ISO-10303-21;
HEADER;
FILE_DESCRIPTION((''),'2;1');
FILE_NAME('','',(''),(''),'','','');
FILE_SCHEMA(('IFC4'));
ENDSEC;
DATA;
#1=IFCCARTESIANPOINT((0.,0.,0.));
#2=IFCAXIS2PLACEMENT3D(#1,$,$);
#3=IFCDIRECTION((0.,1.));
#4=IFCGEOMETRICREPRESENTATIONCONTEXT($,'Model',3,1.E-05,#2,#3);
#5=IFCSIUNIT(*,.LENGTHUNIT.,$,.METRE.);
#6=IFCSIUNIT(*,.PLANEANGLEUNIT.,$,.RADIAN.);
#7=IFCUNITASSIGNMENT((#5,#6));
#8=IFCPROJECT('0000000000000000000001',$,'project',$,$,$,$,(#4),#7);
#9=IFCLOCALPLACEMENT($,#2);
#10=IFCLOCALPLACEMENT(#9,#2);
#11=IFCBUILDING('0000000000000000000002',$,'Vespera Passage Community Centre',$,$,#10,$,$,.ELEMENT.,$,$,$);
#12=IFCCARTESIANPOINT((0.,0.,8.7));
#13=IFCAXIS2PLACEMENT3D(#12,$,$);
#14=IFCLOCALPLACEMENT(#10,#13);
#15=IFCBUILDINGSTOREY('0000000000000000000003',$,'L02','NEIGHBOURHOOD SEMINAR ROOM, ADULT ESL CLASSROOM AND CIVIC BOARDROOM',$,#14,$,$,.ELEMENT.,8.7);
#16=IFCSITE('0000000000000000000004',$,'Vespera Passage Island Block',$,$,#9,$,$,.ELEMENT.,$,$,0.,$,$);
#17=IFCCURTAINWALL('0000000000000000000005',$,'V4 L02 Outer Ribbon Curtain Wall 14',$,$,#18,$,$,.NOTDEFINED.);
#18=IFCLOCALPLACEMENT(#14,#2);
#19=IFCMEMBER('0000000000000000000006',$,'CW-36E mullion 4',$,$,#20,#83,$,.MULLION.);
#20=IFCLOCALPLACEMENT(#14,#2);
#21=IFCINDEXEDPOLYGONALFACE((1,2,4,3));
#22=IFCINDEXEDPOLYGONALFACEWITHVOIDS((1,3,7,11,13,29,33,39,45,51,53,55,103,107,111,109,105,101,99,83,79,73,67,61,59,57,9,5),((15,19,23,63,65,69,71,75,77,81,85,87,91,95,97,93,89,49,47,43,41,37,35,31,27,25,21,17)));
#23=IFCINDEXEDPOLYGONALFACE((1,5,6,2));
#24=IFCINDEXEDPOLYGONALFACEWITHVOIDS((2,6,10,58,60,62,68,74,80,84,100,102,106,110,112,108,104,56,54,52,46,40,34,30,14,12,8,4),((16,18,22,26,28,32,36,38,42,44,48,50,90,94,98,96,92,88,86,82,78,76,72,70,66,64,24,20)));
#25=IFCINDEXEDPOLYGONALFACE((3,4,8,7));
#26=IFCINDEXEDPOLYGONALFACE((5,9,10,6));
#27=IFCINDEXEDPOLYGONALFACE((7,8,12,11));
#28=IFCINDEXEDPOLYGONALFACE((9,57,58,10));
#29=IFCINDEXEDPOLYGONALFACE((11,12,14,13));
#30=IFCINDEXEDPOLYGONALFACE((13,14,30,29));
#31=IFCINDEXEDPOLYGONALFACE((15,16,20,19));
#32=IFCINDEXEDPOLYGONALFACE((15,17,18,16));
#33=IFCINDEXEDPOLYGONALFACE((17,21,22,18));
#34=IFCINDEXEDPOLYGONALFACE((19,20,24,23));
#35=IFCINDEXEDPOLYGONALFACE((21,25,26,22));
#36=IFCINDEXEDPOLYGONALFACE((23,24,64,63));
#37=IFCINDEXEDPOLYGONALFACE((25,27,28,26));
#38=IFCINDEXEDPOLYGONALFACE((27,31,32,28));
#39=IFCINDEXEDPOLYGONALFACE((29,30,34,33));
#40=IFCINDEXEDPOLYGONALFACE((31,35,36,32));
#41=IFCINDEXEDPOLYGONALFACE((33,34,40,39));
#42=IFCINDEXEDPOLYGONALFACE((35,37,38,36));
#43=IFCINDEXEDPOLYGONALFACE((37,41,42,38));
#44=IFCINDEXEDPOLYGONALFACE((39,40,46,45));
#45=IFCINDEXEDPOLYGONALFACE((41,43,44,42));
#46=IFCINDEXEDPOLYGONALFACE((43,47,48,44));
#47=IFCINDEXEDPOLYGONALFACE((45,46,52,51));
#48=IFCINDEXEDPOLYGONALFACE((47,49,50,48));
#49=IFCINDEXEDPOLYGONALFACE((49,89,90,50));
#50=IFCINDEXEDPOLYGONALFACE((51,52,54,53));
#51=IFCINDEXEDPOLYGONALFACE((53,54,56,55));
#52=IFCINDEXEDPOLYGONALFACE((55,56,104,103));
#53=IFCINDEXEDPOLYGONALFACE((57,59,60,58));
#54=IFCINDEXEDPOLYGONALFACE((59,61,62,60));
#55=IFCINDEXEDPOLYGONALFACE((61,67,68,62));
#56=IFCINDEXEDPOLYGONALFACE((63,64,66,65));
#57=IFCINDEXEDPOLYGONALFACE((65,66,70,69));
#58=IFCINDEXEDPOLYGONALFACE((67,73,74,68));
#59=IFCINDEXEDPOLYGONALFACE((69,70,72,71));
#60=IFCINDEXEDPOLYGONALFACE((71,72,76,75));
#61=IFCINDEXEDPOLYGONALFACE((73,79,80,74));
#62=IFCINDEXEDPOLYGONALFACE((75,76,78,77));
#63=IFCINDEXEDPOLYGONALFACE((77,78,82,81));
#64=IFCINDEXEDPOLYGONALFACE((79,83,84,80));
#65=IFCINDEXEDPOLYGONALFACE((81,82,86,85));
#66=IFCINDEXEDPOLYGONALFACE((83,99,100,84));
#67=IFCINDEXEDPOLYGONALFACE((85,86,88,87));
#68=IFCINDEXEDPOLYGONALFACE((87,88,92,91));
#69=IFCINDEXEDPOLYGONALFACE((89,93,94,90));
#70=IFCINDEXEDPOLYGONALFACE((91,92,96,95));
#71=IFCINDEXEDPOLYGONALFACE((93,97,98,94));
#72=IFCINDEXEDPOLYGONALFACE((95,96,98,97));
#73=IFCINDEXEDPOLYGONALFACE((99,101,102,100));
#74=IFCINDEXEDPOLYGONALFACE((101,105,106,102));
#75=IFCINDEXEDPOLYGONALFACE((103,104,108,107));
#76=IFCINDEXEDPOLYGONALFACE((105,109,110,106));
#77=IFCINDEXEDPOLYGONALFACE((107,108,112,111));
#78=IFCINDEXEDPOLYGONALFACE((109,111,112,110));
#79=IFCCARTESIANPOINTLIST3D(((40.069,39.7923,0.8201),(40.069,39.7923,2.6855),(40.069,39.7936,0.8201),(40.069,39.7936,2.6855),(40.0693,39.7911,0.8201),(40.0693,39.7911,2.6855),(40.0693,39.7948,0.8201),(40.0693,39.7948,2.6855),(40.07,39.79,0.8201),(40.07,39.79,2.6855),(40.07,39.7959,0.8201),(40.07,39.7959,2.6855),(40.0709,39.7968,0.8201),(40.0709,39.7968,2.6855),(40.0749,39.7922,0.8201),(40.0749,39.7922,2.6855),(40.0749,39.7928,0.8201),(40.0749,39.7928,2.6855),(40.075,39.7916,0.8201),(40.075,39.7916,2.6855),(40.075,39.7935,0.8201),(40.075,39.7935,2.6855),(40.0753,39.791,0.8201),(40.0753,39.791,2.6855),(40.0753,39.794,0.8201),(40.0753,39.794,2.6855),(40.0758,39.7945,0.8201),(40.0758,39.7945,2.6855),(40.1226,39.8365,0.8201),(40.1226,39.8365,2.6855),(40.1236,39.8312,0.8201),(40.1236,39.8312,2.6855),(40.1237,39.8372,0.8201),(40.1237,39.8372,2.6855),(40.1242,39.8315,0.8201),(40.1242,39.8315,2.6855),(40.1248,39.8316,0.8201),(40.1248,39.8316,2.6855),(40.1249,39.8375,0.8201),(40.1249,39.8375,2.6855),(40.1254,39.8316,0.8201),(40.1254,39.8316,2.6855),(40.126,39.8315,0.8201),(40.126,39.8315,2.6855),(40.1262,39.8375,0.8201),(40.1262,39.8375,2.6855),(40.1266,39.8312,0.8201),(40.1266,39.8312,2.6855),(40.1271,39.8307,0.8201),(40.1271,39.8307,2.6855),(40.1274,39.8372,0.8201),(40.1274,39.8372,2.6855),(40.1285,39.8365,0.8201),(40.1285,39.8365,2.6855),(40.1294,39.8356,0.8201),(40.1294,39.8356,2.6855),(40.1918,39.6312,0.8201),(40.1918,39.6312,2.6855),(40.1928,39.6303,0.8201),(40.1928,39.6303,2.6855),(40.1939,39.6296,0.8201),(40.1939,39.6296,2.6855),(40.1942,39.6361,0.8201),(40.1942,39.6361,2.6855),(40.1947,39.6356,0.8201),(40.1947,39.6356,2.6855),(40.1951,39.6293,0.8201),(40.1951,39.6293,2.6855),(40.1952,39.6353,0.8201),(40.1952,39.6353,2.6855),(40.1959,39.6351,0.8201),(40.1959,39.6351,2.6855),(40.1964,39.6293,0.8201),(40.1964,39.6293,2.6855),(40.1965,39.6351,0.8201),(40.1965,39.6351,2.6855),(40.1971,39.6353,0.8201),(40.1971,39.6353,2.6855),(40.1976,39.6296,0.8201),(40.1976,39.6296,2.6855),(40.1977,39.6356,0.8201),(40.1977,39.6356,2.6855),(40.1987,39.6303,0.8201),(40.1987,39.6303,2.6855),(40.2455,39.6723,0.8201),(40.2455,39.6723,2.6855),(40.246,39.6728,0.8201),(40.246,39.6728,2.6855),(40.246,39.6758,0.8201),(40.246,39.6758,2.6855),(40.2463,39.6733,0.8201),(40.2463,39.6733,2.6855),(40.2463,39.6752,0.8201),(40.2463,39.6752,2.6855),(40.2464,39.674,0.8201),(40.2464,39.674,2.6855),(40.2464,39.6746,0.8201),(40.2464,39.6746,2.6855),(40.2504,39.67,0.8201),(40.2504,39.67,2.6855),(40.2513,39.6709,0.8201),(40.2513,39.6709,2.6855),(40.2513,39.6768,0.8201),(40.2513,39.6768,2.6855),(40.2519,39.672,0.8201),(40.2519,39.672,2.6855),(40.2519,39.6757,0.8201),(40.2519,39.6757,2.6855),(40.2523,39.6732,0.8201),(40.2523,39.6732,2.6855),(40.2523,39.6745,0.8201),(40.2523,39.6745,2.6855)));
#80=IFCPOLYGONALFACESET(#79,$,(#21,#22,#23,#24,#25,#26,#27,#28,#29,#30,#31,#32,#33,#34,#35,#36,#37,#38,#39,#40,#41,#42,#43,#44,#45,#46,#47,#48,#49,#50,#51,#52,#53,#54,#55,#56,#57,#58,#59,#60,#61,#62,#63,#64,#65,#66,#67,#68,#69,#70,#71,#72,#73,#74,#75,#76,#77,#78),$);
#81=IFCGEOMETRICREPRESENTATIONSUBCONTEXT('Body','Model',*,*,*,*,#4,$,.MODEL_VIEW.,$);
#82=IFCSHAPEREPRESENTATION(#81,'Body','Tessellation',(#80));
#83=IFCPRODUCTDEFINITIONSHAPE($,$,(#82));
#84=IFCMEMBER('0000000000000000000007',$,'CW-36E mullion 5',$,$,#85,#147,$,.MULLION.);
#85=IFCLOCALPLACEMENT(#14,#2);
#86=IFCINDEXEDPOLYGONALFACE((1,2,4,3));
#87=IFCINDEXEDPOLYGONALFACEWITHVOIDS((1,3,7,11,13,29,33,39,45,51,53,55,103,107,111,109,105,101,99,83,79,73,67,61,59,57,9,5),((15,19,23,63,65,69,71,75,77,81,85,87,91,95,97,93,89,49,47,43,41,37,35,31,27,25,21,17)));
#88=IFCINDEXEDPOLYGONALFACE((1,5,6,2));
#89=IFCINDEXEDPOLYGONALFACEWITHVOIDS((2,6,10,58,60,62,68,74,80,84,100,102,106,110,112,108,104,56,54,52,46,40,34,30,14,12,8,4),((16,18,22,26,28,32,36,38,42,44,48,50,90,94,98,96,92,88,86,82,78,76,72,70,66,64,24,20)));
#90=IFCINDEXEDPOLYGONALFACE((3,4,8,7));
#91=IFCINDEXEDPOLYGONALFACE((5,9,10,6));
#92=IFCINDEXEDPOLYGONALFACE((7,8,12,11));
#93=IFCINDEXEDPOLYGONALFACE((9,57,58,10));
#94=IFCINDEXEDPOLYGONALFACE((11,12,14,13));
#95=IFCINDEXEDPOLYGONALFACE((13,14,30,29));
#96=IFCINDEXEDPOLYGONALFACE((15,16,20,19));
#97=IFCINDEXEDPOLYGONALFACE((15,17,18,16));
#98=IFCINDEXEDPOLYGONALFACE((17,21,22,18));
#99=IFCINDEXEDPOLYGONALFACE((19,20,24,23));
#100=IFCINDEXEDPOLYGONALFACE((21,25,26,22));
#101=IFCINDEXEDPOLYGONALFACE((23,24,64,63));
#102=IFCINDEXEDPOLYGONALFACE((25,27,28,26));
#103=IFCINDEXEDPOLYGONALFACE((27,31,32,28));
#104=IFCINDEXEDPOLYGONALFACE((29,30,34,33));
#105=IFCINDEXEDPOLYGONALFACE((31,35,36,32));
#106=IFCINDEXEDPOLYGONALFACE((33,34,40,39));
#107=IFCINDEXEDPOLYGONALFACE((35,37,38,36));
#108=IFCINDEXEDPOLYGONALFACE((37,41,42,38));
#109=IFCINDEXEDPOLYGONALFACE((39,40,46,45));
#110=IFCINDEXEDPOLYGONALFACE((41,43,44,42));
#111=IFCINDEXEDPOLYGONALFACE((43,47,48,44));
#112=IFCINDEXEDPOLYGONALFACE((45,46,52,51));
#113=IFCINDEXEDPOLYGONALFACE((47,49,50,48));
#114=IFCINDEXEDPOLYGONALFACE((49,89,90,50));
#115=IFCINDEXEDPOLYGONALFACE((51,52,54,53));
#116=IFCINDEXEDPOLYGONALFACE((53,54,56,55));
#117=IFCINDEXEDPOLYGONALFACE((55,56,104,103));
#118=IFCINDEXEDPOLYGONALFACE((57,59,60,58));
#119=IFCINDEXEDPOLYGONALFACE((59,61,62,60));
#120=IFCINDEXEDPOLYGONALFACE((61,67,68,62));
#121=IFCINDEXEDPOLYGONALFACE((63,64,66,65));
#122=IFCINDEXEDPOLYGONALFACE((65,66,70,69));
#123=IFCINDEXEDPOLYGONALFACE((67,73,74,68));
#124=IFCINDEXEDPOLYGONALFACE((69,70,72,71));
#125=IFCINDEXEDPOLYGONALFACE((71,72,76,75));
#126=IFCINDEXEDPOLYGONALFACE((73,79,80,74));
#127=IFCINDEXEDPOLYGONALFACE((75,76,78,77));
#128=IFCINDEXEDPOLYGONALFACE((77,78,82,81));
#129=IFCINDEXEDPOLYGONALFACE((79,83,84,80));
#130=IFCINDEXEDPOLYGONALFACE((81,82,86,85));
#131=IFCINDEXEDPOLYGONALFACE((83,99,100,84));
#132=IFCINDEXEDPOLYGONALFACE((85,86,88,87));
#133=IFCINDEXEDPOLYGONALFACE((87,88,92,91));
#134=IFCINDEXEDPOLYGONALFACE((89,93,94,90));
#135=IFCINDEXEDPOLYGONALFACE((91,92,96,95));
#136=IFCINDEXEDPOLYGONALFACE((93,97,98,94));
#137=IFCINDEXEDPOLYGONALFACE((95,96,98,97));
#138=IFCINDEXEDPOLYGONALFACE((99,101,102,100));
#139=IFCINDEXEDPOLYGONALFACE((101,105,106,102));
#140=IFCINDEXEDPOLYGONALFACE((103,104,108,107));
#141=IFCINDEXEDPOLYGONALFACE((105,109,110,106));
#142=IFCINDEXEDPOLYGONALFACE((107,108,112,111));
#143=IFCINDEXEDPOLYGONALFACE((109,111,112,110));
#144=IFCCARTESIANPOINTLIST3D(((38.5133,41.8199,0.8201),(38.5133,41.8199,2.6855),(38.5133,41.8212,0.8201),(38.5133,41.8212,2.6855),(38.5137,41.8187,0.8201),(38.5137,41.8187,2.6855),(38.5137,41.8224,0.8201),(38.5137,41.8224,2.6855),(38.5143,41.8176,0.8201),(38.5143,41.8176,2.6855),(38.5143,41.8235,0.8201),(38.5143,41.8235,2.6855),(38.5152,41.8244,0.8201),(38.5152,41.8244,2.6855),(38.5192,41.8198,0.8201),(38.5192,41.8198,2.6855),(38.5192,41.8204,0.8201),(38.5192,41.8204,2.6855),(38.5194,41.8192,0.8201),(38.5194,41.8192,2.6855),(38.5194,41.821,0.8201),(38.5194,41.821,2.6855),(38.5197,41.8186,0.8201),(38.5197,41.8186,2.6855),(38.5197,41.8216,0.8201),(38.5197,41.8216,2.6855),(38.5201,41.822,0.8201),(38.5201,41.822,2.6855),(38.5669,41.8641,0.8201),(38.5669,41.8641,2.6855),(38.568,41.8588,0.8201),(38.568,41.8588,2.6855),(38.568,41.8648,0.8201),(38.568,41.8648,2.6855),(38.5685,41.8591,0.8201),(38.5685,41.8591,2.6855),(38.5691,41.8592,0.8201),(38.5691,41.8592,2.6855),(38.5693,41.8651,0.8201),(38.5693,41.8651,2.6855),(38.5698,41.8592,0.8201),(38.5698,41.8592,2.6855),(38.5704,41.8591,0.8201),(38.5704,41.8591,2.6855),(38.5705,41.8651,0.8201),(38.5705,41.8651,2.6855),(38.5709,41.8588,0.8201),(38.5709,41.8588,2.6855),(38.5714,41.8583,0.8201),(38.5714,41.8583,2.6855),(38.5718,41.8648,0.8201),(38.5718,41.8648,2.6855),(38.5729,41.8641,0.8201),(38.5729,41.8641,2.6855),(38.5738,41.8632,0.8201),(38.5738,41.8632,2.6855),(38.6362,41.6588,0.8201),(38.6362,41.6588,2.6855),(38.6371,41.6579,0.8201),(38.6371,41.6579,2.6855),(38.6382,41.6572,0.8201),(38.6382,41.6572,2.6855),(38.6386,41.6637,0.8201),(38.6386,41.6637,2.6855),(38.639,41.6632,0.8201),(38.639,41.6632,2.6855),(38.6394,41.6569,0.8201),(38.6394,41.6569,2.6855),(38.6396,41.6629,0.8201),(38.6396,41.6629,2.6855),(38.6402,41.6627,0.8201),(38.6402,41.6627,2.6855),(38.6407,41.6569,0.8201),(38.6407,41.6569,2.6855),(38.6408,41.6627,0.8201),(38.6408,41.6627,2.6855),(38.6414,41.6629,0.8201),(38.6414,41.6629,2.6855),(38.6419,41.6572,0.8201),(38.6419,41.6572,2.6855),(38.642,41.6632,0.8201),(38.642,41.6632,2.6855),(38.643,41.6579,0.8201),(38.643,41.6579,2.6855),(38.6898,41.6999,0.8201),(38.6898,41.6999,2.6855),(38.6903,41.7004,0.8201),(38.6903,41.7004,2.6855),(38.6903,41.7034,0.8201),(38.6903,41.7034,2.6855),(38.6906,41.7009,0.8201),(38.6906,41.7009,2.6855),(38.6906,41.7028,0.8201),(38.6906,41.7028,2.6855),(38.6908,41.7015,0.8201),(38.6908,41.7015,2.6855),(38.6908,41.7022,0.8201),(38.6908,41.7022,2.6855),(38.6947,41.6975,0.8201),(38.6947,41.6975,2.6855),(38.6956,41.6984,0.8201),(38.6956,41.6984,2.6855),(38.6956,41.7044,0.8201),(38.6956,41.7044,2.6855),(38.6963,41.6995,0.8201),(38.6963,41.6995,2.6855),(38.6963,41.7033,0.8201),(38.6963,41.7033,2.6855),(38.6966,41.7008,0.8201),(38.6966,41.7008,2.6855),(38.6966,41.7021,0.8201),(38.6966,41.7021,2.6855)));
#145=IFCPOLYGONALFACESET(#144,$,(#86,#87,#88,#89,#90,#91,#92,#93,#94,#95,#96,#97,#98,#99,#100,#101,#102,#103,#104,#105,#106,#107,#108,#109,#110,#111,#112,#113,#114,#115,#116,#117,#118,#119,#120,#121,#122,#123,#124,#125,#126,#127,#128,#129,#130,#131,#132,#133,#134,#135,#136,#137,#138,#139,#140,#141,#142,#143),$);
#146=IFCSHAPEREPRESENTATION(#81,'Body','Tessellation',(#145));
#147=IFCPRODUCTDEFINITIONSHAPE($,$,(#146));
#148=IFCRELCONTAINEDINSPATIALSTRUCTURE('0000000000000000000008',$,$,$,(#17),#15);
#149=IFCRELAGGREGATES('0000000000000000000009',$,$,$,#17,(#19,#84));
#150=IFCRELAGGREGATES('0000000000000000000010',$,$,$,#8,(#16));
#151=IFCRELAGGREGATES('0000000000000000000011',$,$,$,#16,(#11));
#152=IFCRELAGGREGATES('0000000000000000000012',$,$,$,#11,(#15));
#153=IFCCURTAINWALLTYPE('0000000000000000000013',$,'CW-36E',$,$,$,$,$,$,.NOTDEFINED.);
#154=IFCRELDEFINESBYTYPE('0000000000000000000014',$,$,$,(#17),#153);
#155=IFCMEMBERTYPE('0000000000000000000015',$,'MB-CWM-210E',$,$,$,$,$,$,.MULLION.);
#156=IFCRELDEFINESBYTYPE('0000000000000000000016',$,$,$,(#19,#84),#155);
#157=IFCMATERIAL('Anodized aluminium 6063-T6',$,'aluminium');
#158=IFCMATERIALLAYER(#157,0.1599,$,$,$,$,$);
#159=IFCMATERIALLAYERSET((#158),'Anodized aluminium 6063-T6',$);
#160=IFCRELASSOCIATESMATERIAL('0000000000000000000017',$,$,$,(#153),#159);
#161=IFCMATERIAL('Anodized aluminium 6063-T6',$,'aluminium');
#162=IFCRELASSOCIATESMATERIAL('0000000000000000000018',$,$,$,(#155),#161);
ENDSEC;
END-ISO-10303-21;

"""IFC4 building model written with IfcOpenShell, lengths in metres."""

from ifc_helpers import new_model, si_unit, direction, frame, origin, origin_2d, place, context, subcontext, project, spatial, hollow_rectangle, extrude, material, layer, layer_set, material_profile, profile_set, type_object, element, aggregate, save


model = new_model("IFC4")

# Units and contexts
model_context = context("Model", 3, precision=1e-05, world=origin(), true_north=direction((0.0, 1.0)))
body_context = subcontext(model_context, "Body", "Model", "MODEL_VIEW")
ifc_project = project(units=[si_unit("LENGTHUNIT", "METRE"), si_unit("PLANEANGLEUNIT", "RADIAN")], contexts=[model_context])

# Site, building, storey
site_placement = place(None, origin())
site = spatial("IfcSite", under=ifc_project, at=site_placement, Name="Vespera Passage Island Block", CompositionType="ELEMENT", RefElevation=0.0)
building_placement = place(site_placement, origin())
building = spatial("IfcBuilding", under=site, at=building_placement, Name="Vespera Passage Community Centre", CompositionType="ELEMENT")
storey_placement = place(building_placement, frame((0.0, 0.0, 8.7)))
storey = spatial("IfcBuildingStorey", under=building, at=storey_placement, Name="L02", Description="NEIGHBOURHOOD SEMINAR ROOM, ADULT ESL CLASSROOM AND CIVIC BOARDROOM", CompositionType="ELEMENT", Elevation=8.7)

# Curtain wall, members
ifc_material_1 = material(Name="Anodized aluminium 6063-T6", Category="aluminium")
ifc_layer_1 = layer(ifc_material_1, 0.1599)
ifc_layer_set_1 = layer_set([ifc_layer_1], Name="Anodized aluminium 6063-T6")
curtain_wall_type_1 = type_object("IfcCurtainWallType", Name="CW-36E", PredefinedType="NOTDEFINED", material=ifc_layer_set_1)
curtain_wall_1_placement = place(storey_placement, origin())
curtain_wall_1 = element("IfcCurtainWall", 1, at=curtain_wall_1_placement, inside=storey, type_object=curtain_wall_type_1, Name="V4 L02 Outer Ribbon Curtain Wall 14", PredefinedType="NOTDEFINED")
ifc_material_2 = material(Name="Anodized aluminium 6063-T6", Category="aluminium")
ifc_material_profile_1 = material_profile(ifc_material_2, hollow_rectangle(XDim=0.075, YDim=0.21, WallThickness=0.0049, InnerFilletRadius=0.0024, OuterFilletRadius=0.0049, at=origin_2d()), Name="ALU210X75X5")
ifc_profile_set_1 = profile_set([ifc_material_profile_1], Name="Anodized aluminium 6063-T6")
member_type_1 = type_object("IfcMemberType", Name="MB-CWM-210E", PredefinedType="MULLION", material=ifc_profile_set_1)
member_1_placement = place(storey_placement, frame((40.1606, 39.7334, 0.8201), z_axis=(0.0, 0.0, 1.0), x_axis=(-0.79335, -0.608765, 0.0)))
member_1 = element("IfcMember", 2, at=member_1_placement, type_object=member_type_1, Name="CW-36E mullion 4", PredefinedType="MULLION", context=body_context, shape_type="SweptSolid", body=[
    extrude(hollow_rectangle(XDim=0.075, YDim=0.21, WallThickness=0.0049, InnerFilletRadius=0.0024, OuterFilletRadius=0.0049, at=origin_2d()), origin(), (0.0, 0.0, 1.0), 1.8655),
])
member_2_placement = place(storey_placement, frame((38.605, 41.761, 0.8201), z_axis=(0.0, 0.0, 1.0), x_axis=(-0.79335, -0.608765, 0.0)))
member_2 = element("IfcMember", 3, at=member_2_placement, type_object=member_type_1, Name="CW-36E mullion 5", PredefinedType="MULLION", context=body_context, shape_type="SweptSolid", body=[
    extrude(hollow_rectangle(XDim=0.075, YDim=0.21, WallThickness=0.0049, InnerFilletRadius=0.0024, OuterFilletRadius=0.0049, at=origin_2d()), origin(), (0.0, 0.0, 1.0), 1.8655),
])

aggregate(curtain_wall_1, [member_1, member_2])

save(model, "model.ifc")
